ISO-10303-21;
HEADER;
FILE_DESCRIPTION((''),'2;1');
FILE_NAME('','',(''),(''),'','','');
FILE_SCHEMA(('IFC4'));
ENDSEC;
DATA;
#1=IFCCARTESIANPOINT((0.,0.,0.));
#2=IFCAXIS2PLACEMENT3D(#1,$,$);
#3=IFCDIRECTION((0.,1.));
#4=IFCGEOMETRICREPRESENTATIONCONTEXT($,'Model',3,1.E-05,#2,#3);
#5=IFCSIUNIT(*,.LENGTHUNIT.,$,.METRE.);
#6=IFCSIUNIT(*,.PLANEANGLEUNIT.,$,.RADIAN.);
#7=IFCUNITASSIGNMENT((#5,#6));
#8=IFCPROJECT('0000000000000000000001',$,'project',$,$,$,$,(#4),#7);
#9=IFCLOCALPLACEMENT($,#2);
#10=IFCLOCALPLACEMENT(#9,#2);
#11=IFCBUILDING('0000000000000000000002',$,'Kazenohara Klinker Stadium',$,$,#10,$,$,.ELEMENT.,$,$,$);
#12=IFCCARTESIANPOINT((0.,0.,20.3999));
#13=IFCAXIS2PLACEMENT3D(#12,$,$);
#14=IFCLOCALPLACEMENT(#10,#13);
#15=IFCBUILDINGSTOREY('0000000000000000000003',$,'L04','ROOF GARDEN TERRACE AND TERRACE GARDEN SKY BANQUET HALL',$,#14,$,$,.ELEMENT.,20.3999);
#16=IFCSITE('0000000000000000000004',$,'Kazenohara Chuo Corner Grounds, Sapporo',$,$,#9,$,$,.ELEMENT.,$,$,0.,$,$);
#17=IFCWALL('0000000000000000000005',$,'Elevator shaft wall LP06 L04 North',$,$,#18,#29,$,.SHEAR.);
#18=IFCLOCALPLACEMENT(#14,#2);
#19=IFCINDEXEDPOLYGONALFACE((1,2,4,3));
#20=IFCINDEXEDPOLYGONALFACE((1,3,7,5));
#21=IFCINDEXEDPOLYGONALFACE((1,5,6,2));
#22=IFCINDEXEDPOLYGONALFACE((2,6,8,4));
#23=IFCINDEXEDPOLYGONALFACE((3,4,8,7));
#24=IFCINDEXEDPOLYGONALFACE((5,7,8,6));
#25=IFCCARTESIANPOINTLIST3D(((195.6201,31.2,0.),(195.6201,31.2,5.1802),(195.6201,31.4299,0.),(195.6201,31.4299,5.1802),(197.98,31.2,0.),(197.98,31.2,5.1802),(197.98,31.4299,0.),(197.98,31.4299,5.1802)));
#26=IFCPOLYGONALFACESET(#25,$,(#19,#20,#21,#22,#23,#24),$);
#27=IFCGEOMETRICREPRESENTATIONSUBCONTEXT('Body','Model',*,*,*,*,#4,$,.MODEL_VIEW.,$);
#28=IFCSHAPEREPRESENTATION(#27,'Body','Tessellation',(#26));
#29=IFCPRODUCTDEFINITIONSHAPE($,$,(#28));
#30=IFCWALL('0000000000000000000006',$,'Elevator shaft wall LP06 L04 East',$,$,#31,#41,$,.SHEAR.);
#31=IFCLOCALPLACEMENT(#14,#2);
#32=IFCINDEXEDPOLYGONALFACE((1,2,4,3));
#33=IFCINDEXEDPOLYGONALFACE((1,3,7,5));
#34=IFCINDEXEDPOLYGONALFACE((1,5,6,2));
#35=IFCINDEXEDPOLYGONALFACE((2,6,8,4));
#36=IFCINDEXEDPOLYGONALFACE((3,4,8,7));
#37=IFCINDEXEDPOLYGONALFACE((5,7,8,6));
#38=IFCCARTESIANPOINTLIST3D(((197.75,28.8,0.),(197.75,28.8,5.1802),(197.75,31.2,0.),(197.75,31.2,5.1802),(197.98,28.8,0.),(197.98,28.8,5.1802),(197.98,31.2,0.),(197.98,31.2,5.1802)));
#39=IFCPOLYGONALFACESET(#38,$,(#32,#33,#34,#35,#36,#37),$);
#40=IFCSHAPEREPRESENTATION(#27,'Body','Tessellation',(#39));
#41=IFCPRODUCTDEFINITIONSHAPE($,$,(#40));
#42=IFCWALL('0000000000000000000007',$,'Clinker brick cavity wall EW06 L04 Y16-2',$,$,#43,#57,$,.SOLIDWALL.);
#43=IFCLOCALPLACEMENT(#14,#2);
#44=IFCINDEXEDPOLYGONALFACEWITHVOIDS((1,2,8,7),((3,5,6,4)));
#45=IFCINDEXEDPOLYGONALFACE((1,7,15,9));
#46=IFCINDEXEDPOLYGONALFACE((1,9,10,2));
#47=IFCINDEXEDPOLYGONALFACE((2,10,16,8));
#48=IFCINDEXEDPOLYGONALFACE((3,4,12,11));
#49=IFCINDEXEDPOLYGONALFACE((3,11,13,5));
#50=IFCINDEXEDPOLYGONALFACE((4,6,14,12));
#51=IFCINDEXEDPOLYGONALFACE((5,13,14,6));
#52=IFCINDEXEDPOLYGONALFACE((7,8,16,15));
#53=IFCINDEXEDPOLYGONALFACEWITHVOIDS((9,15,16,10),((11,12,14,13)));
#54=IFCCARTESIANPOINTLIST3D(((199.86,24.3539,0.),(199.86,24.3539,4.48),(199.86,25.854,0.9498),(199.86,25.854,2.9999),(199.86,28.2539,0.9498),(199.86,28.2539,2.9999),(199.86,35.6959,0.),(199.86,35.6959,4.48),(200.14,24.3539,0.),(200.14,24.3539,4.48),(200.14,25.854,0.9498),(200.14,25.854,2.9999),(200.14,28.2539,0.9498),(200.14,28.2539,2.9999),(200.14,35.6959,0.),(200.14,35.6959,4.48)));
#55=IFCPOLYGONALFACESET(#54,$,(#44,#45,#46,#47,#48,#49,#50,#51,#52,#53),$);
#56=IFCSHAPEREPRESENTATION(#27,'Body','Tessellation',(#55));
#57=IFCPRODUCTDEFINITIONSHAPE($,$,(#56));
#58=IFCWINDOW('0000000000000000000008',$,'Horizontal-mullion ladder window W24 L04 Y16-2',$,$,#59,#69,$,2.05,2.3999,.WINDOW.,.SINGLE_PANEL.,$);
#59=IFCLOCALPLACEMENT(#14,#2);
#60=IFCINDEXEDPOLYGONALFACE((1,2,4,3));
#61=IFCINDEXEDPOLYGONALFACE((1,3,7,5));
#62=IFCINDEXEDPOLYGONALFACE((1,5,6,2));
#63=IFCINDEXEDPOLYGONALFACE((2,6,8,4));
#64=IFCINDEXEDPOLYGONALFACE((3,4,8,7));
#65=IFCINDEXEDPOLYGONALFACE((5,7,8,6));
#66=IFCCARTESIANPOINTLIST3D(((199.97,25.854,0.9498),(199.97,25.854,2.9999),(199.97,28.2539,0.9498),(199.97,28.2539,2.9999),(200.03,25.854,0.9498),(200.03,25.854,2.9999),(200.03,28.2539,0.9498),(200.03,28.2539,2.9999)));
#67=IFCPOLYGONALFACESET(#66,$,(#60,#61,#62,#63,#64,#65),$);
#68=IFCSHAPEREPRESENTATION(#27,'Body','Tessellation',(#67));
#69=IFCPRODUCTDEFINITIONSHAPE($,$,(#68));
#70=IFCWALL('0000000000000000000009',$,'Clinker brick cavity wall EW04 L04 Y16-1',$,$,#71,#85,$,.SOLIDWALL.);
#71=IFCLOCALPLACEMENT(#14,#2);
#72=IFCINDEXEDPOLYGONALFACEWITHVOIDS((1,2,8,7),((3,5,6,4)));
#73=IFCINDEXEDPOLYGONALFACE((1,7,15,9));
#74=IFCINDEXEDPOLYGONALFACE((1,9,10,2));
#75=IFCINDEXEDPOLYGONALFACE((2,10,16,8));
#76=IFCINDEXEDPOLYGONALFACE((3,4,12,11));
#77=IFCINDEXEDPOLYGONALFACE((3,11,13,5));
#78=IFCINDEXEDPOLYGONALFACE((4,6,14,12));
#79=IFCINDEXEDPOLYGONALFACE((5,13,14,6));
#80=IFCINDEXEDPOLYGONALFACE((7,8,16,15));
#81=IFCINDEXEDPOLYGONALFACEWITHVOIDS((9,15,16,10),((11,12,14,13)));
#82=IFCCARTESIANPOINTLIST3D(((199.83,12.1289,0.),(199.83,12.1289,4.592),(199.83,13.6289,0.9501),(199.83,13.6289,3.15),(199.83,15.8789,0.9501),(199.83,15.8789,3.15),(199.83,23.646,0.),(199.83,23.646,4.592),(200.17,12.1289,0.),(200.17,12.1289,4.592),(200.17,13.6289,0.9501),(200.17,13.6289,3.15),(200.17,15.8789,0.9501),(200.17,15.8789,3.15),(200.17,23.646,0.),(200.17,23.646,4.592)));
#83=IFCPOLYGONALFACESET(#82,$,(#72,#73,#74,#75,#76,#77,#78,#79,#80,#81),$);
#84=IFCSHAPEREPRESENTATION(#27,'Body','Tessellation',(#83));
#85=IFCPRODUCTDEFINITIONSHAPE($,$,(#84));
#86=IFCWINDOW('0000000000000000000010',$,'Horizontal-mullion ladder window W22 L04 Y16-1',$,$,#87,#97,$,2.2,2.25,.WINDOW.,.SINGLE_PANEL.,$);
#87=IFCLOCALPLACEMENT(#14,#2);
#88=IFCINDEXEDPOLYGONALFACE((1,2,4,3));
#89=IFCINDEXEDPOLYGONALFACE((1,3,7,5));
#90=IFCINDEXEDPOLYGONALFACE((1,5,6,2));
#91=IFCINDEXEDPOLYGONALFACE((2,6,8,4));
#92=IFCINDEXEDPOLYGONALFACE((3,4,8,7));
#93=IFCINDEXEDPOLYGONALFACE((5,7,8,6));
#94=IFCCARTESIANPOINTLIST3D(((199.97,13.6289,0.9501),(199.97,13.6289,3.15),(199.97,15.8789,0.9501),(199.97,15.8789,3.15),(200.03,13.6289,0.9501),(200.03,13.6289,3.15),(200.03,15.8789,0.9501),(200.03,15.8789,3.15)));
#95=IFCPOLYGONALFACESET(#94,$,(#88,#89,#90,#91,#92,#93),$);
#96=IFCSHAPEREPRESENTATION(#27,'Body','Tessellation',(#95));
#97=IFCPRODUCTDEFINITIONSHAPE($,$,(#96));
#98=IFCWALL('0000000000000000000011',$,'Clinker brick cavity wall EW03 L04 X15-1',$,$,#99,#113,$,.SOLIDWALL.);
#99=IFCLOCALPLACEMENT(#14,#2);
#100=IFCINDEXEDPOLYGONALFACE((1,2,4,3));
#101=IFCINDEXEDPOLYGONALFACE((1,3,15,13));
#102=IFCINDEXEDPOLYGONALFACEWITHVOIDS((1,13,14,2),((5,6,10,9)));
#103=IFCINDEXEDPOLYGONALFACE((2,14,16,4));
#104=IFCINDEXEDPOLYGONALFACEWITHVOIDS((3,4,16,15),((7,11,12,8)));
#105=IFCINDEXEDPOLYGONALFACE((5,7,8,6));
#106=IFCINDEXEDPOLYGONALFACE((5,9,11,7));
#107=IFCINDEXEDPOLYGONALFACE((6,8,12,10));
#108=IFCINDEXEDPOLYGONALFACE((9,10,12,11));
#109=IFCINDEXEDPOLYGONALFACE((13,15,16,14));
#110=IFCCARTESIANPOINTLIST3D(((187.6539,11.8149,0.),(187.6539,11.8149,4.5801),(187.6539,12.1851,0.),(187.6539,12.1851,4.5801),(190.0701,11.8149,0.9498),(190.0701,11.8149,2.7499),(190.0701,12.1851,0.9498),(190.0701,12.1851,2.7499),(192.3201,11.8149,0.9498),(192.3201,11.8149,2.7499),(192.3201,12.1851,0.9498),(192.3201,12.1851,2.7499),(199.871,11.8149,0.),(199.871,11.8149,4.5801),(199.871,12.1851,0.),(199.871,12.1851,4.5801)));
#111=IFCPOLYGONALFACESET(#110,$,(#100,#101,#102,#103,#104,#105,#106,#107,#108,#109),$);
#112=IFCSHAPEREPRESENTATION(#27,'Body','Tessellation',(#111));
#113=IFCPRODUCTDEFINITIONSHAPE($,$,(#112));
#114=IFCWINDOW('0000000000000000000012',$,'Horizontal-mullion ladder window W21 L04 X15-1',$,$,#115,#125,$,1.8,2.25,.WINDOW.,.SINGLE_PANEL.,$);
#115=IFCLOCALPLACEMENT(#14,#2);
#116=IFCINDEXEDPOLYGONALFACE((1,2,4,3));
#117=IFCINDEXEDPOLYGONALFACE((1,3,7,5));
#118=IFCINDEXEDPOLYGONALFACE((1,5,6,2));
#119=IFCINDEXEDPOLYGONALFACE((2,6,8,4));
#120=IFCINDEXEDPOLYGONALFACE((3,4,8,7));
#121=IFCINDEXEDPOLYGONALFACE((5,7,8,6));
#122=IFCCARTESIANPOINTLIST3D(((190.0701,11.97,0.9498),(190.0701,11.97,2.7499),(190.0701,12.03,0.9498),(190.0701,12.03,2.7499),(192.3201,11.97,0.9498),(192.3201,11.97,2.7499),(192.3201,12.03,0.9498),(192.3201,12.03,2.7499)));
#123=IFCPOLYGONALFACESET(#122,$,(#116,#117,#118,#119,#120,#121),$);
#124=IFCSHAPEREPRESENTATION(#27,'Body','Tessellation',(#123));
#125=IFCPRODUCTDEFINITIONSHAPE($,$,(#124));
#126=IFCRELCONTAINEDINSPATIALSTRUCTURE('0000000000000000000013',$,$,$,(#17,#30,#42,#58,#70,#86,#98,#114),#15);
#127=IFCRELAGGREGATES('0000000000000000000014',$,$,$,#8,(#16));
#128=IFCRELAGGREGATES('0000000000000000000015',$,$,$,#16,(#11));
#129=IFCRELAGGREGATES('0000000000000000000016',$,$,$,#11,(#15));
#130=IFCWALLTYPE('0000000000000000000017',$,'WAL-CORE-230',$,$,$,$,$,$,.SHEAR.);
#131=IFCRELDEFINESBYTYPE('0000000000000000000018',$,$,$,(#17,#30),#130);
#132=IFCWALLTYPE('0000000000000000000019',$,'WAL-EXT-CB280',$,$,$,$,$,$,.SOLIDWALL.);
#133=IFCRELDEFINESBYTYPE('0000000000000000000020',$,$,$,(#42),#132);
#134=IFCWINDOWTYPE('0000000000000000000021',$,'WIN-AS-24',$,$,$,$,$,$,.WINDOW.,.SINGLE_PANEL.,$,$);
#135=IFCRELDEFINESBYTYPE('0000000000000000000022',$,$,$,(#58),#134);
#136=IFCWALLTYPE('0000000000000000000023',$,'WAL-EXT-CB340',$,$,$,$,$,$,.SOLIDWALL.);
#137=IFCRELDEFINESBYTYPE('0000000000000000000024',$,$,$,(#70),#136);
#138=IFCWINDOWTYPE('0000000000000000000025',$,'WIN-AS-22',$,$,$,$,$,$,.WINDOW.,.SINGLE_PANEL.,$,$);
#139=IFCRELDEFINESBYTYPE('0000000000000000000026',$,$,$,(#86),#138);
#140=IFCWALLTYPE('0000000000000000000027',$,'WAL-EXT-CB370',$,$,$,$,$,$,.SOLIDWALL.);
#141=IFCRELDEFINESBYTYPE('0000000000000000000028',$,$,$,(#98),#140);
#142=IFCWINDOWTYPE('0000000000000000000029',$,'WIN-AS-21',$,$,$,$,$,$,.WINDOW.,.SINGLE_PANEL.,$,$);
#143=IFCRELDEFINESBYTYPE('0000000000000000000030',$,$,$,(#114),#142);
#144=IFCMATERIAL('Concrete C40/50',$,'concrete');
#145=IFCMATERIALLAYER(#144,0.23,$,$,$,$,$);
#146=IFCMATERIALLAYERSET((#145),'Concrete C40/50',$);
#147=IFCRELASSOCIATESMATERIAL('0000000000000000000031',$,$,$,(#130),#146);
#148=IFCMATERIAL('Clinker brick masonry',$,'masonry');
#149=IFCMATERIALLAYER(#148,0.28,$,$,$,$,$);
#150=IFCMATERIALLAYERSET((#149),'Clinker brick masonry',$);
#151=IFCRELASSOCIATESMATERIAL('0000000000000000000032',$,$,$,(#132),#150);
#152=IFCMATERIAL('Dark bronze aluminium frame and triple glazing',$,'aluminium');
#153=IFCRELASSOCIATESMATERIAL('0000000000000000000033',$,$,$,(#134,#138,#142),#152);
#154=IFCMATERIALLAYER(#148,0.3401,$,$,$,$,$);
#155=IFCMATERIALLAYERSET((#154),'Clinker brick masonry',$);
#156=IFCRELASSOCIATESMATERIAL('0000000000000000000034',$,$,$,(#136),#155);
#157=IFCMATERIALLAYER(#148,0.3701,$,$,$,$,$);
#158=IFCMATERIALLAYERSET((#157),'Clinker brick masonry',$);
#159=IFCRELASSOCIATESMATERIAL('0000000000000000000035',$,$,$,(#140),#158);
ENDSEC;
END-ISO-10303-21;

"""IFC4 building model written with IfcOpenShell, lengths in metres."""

from ifc_helpers import new_model, si_unit, direction, frame, frame_2d, origin, place, context, subcontext, project, spatial, rectangle, extrude, material, layer, layer_set, type_object, element, fill, save


model = new_model("IFC4")

# Units and contexts
model_context = context("Model", 3, precision=1e-05, world=origin(), true_north=direction((0.0, 1.0)))
body_context = subcontext(model_context, "Body", "Model", "MODEL_VIEW")
ifc_project = project(units=[si_unit("LENGTHUNIT", "METRE"), si_unit("PLANEANGLEUNIT", "RADIAN")], contexts=[model_context])

# Site, building, storey
site_placement = place(None, origin())
site = spatial("IfcSite", under=ifc_project, at=site_placement, Name="Kazenohara Chuo Corner Grounds, Sapporo", CompositionType="ELEMENT", RefElevation=0.0)
building_placement = place(site_placement, origin())
building = spatial("IfcBuilding", under=site, at=building_placement, Name="Kazenohara Klinker Stadium", CompositionType="ELEMENT")
storey_placement = place(building_placement, frame((0.0, 0.0, 20.3999)))
storey = spatial("IfcBuildingStorey", under=building, at=storey_placement, Name="L04", Description="ROOF GARDEN TERRACE AND TERRACE GARDEN SKY BANQUET HALL", CompositionType="ELEMENT", Elevation=20.3999)

# Shared definitions
ifc_material_1 = material(Name="Concrete C40/50", Category="concrete")

# Wall
ifc_layer_1 = layer(ifc_material_1, 0.23)
ifc_layer_set_1 = layer_set([ifc_layer_1], Name="Concrete C40/50")
wall_type_1 = type_object("IfcWallType", Name="WAL-CORE-230", PredefinedType="SHEAR", material=ifc_layer_set_1)
for number, where, z_axis, x_axis, name in (
    (1, (195.6201, 31.3149, 0.0), (0.0, 0.0, 1.0), (1.0, 0.0, 0.0), "Elevator shaft wall LP06 L04 North"),
):
    element("IfcWall", number, at=place(storey_placement, frame(where, z_axis=z_axis, x_axis=x_axis)), inside=storey, type_object=wall_type_1, Name=name, PredefinedType="SHEAR", context=body_context, shape_type="SweptSolid", body=[
        extrude(rectangle(XDim=2.3599, YDim=0.23, at=frame_2d((1.1799, 0.0))), origin(), (0.0, 0.0, 1.0), 5.1802),
    ])

# Wall
wall_1_placement = place(storey_placement, frame((197.865, 28.8, 0.0), z_axis=(0.0, 0.0, 1.0), x_axis=(0.0, 1.0, 0.0)))
element("IfcWall", 2, at=wall_1_placement, inside=storey, type_object=wall_type_1, Name="Elevator shaft wall LP06 L04 East", PredefinedType="SHEAR", context=body_context, shape_type="SweptSolid", body=[
    extrude(rectangle(XDim=2.3999, YDim=0.23, at=frame_2d((1.2, 0.0))), origin(), (0.0, 0.0, 1.0), 5.1802),
])

# Walls, openings, windows
ifc_material_2 = material(Name="Clinker brick masonry", Category="masonry")
ifc_layer_2 = layer(ifc_material_2, 0.28)
ifc_layer_set_2 = layer_set([ifc_layer_2], Name="Clinker brick masonry")
wall_type_2 = type_object("IfcWallType", Name="WAL-EXT-CB280", PredefinedType="SOLIDWALL", material=ifc_layer_set_2)
wall_2_placement = place(storey_placement, frame((200.0, 24.354, 0.0), z_axis=(0.0, 0.0, 1.0), x_axis=(0.0, 1.0, 0.0)))
wall_2 = element("IfcWall", 3, at=wall_2_placement, inside=storey, type_object=wall_type_2, Name="Clinker brick cavity wall EW06 L04 Y16-2", PredefinedType="SOLIDWALL", context=body_context, shape_type="SweptSolid", body=[
    extrude(rectangle(XDim=11.342, YDim=0.28, at=frame_2d((5.6709, 0.0))), origin(), (0.0, 0.0, 1.0), 4.48),
])
opening_1_placement = place(wall_2_placement, frame((1.5, 0.0, 0.95)))
opening_1 = element("IfcOpeningElement", 4, at=opening_1_placement, cuts=wall_2, PredefinedType="OPENING", context=body_context, shape_type="SweptSolid", body=[
    extrude(rectangle(XDim=2.3999, YDim=2.05, at=frame_2d((1.2, 1.0249))), frame((0.0, 0.1499, 0.0), z_axis=(0.0, -1.0, 0.0), x_axis=(1.0, 0.0, 0.0)), (0.0, 0.0, 1.0), 0.3),
])
ifc_material_3 = material(Name="Dark bronze aluminium frame and triple glazing", Category="aluminium")
window_type_1 = type_object("IfcWindowType", Name="WIN-AS-24", PartitioningType="SINGLE_PANEL", PredefinedType="WINDOW", material=ifc_material_3)
window_1_placement = place(opening_1_placement, origin())
window_1 = element("IfcWindow", 5, at=window_1_placement, inside=storey, type_object=window_type_1, Name="Horizontal-mullion ladder window W24 L04 Y16-2", OverallHeight=2.05, OverallWidth=2.3999, PartitioningType="SINGLE_PANEL", PredefinedType="WINDOW", context=body_context, shape_type="SweptSolid", body=[
    extrude(rectangle(XDim=2.3999, YDim=2.05, at=frame_2d((1.2, 1.0249))), frame((0.0, 0.03, 0.0), z_axis=(0.0, -1.0, 0.0), x_axis=(1.0, 0.0, 0.0)), (0.0, 0.0, 1.0), 0.0601),
])
fill(opening_1, window_1)
ifc_layer_3 = layer(ifc_material_2, 0.3401)
ifc_layer_set_3 = layer_set([ifc_layer_3], Name="Clinker brick masonry")
wall_type_3 = type_object("IfcWallType", Name="WAL-EXT-CB340", PredefinedType="SOLIDWALL", material=ifc_layer_set_3)
wall_3_placement = place(storey_placement, frame((200.0, 12.1289, 0.0), z_axis=(0.0, 0.0, 1.0), x_axis=(0.0, 1.0, 0.0)))
wall_3 = element("IfcWall", 6, at=wall_3_placement, inside=storey, type_object=wall_type_3, Name="Clinker brick cavity wall EW04 L04 Y16-1", PredefinedType="SOLIDWALL", context=body_context, shape_type="SweptSolid", body=[
    extrude(rectangle(XDim=11.5171, YDim=0.3401, at=frame_2d((5.7585, 0.0))), origin(), (0.0, 0.0, 1.0), 4.592),
])
opening_2_placement = place(wall_3_placement, frame((1.5, 0.0, 0.95)))
opening_2 = element("IfcOpeningElement", 7, at=opening_2_placement, cuts=wall_3, PredefinedType="OPENING", context=body_context, shape_type="SweptSolid", body=[
    extrude(rectangle(XDim=2.25, YDim=2.2, at=frame_2d((1.125, 1.1001))), frame((0.0, 0.1802, 0.0), z_axis=(0.0, -1.0, 0.0), x_axis=(1.0, 0.0, 0.0)), (0.0, 0.0, 1.0), 0.3601),
])
window_type_2 = type_object("IfcWindowType", Name="WIN-AS-22", PartitioningType="SINGLE_PANEL", PredefinedType="WINDOW", material=ifc_material_3)
window_2_placement = place(opening_2_placement, origin())
window_2 = element("IfcWindow", 8, at=window_2_placement, inside=storey, type_object=window_type_2, Name="Horizontal-mullion ladder window W22 L04 Y16-1", OverallHeight=2.2, OverallWidth=2.25, PartitioningType="SINGLE_PANEL", PredefinedType="WINDOW", context=body_context, shape_type="SweptSolid", body=[
    extrude(rectangle(XDim=2.25, YDim=2.2, at=frame_2d((1.125, 1.1001))), frame((0.0, 0.03, 0.0), z_axis=(0.0, -1.0, 0.0), x_axis=(1.0, 0.0, 0.0)), (0.0, 0.0, 1.0), 0.0601),
])
fill(opening_2, window_2)
ifc_layer_4 = layer(ifc_material_2, 0.3701)
ifc_layer_set_4 = layer_set([ifc_layer_4], Name="Clinker brick masonry")
wall_type_4 = type_object("IfcWallType", Name="WAL-EXT-CB370", PredefinedType="SOLIDWALL", material=ifc_layer_set_4)
wall_4_placement = place(storey_placement, frame((187.6541, 12.0, 0.0), z_axis=(0.0, 0.0, 1.0), x_axis=(1.0, 0.0, 0.0)))
wall_4 = element("IfcWall", 9, at=wall_4_placement, inside=storey, type_object=wall_type_4, Name="Clinker brick cavity wall EW03 L04 X15-1", PredefinedType="SOLIDWALL", context=body_context, shape_type="SweptSolid", body=[
    extrude(rectangle(XDim=12.217, YDim=0.3701, at=frame_2d((6.1084, 0.0))), origin(), (0.0, 0.0, 1.0), 4.5801),
])
opening_3_placement = place(wall_4_placement, frame((2.416, 0.0, 0.95)))
opening_3 = element("IfcOpeningElement", 10, at=opening_3_placement, cuts=wall_4, PredefinedType="OPENING", context=body_context, shape_type="SweptSolid", body=[
    extrude(rectangle(XDim=2.25, YDim=1.8, at=frame_2d((1.125, 0.8999))), frame((0.0, 0.1951, 0.0), z_axis=(0.0, -1.0, 0.0), x_axis=(1.0, 0.0, 0.0)), (0.0, 0.0, 1.0), 0.3901),
])
window_type_3 = type_object("IfcWindowType", Name="WIN-AS-21", PartitioningType="SINGLE_PANEL", PredefinedType="WINDOW", material=ifc_material_3)
window_3_placement = place(opening_3_placement, origin())
window_3 = element("IfcWindow", 11, at=window_3_placement, inside=storey, type_object=window_type_3, Name="Horizontal-mullion ladder window W21 L04 X15-1", OverallHeight=1.8, OverallWidth=2.25, PartitioningType="SINGLE_PANEL", PredefinedType="WINDOW", context=body_context, shape_type="SweptSolid", body=[
    extrude(rectangle(XDim=2.25, YDim=1.8, at=frame_2d((1.125, 0.8999))), frame((0.0, 0.03, 0.0), z_axis=(0.0, -1.0, 0.0), x_axis=(1.0, 0.0, 0.0)), (0.0, 0.0, 1.0), 0.0601),
])
fill(opening_3, window_3)

save(model, "model.ifc")
